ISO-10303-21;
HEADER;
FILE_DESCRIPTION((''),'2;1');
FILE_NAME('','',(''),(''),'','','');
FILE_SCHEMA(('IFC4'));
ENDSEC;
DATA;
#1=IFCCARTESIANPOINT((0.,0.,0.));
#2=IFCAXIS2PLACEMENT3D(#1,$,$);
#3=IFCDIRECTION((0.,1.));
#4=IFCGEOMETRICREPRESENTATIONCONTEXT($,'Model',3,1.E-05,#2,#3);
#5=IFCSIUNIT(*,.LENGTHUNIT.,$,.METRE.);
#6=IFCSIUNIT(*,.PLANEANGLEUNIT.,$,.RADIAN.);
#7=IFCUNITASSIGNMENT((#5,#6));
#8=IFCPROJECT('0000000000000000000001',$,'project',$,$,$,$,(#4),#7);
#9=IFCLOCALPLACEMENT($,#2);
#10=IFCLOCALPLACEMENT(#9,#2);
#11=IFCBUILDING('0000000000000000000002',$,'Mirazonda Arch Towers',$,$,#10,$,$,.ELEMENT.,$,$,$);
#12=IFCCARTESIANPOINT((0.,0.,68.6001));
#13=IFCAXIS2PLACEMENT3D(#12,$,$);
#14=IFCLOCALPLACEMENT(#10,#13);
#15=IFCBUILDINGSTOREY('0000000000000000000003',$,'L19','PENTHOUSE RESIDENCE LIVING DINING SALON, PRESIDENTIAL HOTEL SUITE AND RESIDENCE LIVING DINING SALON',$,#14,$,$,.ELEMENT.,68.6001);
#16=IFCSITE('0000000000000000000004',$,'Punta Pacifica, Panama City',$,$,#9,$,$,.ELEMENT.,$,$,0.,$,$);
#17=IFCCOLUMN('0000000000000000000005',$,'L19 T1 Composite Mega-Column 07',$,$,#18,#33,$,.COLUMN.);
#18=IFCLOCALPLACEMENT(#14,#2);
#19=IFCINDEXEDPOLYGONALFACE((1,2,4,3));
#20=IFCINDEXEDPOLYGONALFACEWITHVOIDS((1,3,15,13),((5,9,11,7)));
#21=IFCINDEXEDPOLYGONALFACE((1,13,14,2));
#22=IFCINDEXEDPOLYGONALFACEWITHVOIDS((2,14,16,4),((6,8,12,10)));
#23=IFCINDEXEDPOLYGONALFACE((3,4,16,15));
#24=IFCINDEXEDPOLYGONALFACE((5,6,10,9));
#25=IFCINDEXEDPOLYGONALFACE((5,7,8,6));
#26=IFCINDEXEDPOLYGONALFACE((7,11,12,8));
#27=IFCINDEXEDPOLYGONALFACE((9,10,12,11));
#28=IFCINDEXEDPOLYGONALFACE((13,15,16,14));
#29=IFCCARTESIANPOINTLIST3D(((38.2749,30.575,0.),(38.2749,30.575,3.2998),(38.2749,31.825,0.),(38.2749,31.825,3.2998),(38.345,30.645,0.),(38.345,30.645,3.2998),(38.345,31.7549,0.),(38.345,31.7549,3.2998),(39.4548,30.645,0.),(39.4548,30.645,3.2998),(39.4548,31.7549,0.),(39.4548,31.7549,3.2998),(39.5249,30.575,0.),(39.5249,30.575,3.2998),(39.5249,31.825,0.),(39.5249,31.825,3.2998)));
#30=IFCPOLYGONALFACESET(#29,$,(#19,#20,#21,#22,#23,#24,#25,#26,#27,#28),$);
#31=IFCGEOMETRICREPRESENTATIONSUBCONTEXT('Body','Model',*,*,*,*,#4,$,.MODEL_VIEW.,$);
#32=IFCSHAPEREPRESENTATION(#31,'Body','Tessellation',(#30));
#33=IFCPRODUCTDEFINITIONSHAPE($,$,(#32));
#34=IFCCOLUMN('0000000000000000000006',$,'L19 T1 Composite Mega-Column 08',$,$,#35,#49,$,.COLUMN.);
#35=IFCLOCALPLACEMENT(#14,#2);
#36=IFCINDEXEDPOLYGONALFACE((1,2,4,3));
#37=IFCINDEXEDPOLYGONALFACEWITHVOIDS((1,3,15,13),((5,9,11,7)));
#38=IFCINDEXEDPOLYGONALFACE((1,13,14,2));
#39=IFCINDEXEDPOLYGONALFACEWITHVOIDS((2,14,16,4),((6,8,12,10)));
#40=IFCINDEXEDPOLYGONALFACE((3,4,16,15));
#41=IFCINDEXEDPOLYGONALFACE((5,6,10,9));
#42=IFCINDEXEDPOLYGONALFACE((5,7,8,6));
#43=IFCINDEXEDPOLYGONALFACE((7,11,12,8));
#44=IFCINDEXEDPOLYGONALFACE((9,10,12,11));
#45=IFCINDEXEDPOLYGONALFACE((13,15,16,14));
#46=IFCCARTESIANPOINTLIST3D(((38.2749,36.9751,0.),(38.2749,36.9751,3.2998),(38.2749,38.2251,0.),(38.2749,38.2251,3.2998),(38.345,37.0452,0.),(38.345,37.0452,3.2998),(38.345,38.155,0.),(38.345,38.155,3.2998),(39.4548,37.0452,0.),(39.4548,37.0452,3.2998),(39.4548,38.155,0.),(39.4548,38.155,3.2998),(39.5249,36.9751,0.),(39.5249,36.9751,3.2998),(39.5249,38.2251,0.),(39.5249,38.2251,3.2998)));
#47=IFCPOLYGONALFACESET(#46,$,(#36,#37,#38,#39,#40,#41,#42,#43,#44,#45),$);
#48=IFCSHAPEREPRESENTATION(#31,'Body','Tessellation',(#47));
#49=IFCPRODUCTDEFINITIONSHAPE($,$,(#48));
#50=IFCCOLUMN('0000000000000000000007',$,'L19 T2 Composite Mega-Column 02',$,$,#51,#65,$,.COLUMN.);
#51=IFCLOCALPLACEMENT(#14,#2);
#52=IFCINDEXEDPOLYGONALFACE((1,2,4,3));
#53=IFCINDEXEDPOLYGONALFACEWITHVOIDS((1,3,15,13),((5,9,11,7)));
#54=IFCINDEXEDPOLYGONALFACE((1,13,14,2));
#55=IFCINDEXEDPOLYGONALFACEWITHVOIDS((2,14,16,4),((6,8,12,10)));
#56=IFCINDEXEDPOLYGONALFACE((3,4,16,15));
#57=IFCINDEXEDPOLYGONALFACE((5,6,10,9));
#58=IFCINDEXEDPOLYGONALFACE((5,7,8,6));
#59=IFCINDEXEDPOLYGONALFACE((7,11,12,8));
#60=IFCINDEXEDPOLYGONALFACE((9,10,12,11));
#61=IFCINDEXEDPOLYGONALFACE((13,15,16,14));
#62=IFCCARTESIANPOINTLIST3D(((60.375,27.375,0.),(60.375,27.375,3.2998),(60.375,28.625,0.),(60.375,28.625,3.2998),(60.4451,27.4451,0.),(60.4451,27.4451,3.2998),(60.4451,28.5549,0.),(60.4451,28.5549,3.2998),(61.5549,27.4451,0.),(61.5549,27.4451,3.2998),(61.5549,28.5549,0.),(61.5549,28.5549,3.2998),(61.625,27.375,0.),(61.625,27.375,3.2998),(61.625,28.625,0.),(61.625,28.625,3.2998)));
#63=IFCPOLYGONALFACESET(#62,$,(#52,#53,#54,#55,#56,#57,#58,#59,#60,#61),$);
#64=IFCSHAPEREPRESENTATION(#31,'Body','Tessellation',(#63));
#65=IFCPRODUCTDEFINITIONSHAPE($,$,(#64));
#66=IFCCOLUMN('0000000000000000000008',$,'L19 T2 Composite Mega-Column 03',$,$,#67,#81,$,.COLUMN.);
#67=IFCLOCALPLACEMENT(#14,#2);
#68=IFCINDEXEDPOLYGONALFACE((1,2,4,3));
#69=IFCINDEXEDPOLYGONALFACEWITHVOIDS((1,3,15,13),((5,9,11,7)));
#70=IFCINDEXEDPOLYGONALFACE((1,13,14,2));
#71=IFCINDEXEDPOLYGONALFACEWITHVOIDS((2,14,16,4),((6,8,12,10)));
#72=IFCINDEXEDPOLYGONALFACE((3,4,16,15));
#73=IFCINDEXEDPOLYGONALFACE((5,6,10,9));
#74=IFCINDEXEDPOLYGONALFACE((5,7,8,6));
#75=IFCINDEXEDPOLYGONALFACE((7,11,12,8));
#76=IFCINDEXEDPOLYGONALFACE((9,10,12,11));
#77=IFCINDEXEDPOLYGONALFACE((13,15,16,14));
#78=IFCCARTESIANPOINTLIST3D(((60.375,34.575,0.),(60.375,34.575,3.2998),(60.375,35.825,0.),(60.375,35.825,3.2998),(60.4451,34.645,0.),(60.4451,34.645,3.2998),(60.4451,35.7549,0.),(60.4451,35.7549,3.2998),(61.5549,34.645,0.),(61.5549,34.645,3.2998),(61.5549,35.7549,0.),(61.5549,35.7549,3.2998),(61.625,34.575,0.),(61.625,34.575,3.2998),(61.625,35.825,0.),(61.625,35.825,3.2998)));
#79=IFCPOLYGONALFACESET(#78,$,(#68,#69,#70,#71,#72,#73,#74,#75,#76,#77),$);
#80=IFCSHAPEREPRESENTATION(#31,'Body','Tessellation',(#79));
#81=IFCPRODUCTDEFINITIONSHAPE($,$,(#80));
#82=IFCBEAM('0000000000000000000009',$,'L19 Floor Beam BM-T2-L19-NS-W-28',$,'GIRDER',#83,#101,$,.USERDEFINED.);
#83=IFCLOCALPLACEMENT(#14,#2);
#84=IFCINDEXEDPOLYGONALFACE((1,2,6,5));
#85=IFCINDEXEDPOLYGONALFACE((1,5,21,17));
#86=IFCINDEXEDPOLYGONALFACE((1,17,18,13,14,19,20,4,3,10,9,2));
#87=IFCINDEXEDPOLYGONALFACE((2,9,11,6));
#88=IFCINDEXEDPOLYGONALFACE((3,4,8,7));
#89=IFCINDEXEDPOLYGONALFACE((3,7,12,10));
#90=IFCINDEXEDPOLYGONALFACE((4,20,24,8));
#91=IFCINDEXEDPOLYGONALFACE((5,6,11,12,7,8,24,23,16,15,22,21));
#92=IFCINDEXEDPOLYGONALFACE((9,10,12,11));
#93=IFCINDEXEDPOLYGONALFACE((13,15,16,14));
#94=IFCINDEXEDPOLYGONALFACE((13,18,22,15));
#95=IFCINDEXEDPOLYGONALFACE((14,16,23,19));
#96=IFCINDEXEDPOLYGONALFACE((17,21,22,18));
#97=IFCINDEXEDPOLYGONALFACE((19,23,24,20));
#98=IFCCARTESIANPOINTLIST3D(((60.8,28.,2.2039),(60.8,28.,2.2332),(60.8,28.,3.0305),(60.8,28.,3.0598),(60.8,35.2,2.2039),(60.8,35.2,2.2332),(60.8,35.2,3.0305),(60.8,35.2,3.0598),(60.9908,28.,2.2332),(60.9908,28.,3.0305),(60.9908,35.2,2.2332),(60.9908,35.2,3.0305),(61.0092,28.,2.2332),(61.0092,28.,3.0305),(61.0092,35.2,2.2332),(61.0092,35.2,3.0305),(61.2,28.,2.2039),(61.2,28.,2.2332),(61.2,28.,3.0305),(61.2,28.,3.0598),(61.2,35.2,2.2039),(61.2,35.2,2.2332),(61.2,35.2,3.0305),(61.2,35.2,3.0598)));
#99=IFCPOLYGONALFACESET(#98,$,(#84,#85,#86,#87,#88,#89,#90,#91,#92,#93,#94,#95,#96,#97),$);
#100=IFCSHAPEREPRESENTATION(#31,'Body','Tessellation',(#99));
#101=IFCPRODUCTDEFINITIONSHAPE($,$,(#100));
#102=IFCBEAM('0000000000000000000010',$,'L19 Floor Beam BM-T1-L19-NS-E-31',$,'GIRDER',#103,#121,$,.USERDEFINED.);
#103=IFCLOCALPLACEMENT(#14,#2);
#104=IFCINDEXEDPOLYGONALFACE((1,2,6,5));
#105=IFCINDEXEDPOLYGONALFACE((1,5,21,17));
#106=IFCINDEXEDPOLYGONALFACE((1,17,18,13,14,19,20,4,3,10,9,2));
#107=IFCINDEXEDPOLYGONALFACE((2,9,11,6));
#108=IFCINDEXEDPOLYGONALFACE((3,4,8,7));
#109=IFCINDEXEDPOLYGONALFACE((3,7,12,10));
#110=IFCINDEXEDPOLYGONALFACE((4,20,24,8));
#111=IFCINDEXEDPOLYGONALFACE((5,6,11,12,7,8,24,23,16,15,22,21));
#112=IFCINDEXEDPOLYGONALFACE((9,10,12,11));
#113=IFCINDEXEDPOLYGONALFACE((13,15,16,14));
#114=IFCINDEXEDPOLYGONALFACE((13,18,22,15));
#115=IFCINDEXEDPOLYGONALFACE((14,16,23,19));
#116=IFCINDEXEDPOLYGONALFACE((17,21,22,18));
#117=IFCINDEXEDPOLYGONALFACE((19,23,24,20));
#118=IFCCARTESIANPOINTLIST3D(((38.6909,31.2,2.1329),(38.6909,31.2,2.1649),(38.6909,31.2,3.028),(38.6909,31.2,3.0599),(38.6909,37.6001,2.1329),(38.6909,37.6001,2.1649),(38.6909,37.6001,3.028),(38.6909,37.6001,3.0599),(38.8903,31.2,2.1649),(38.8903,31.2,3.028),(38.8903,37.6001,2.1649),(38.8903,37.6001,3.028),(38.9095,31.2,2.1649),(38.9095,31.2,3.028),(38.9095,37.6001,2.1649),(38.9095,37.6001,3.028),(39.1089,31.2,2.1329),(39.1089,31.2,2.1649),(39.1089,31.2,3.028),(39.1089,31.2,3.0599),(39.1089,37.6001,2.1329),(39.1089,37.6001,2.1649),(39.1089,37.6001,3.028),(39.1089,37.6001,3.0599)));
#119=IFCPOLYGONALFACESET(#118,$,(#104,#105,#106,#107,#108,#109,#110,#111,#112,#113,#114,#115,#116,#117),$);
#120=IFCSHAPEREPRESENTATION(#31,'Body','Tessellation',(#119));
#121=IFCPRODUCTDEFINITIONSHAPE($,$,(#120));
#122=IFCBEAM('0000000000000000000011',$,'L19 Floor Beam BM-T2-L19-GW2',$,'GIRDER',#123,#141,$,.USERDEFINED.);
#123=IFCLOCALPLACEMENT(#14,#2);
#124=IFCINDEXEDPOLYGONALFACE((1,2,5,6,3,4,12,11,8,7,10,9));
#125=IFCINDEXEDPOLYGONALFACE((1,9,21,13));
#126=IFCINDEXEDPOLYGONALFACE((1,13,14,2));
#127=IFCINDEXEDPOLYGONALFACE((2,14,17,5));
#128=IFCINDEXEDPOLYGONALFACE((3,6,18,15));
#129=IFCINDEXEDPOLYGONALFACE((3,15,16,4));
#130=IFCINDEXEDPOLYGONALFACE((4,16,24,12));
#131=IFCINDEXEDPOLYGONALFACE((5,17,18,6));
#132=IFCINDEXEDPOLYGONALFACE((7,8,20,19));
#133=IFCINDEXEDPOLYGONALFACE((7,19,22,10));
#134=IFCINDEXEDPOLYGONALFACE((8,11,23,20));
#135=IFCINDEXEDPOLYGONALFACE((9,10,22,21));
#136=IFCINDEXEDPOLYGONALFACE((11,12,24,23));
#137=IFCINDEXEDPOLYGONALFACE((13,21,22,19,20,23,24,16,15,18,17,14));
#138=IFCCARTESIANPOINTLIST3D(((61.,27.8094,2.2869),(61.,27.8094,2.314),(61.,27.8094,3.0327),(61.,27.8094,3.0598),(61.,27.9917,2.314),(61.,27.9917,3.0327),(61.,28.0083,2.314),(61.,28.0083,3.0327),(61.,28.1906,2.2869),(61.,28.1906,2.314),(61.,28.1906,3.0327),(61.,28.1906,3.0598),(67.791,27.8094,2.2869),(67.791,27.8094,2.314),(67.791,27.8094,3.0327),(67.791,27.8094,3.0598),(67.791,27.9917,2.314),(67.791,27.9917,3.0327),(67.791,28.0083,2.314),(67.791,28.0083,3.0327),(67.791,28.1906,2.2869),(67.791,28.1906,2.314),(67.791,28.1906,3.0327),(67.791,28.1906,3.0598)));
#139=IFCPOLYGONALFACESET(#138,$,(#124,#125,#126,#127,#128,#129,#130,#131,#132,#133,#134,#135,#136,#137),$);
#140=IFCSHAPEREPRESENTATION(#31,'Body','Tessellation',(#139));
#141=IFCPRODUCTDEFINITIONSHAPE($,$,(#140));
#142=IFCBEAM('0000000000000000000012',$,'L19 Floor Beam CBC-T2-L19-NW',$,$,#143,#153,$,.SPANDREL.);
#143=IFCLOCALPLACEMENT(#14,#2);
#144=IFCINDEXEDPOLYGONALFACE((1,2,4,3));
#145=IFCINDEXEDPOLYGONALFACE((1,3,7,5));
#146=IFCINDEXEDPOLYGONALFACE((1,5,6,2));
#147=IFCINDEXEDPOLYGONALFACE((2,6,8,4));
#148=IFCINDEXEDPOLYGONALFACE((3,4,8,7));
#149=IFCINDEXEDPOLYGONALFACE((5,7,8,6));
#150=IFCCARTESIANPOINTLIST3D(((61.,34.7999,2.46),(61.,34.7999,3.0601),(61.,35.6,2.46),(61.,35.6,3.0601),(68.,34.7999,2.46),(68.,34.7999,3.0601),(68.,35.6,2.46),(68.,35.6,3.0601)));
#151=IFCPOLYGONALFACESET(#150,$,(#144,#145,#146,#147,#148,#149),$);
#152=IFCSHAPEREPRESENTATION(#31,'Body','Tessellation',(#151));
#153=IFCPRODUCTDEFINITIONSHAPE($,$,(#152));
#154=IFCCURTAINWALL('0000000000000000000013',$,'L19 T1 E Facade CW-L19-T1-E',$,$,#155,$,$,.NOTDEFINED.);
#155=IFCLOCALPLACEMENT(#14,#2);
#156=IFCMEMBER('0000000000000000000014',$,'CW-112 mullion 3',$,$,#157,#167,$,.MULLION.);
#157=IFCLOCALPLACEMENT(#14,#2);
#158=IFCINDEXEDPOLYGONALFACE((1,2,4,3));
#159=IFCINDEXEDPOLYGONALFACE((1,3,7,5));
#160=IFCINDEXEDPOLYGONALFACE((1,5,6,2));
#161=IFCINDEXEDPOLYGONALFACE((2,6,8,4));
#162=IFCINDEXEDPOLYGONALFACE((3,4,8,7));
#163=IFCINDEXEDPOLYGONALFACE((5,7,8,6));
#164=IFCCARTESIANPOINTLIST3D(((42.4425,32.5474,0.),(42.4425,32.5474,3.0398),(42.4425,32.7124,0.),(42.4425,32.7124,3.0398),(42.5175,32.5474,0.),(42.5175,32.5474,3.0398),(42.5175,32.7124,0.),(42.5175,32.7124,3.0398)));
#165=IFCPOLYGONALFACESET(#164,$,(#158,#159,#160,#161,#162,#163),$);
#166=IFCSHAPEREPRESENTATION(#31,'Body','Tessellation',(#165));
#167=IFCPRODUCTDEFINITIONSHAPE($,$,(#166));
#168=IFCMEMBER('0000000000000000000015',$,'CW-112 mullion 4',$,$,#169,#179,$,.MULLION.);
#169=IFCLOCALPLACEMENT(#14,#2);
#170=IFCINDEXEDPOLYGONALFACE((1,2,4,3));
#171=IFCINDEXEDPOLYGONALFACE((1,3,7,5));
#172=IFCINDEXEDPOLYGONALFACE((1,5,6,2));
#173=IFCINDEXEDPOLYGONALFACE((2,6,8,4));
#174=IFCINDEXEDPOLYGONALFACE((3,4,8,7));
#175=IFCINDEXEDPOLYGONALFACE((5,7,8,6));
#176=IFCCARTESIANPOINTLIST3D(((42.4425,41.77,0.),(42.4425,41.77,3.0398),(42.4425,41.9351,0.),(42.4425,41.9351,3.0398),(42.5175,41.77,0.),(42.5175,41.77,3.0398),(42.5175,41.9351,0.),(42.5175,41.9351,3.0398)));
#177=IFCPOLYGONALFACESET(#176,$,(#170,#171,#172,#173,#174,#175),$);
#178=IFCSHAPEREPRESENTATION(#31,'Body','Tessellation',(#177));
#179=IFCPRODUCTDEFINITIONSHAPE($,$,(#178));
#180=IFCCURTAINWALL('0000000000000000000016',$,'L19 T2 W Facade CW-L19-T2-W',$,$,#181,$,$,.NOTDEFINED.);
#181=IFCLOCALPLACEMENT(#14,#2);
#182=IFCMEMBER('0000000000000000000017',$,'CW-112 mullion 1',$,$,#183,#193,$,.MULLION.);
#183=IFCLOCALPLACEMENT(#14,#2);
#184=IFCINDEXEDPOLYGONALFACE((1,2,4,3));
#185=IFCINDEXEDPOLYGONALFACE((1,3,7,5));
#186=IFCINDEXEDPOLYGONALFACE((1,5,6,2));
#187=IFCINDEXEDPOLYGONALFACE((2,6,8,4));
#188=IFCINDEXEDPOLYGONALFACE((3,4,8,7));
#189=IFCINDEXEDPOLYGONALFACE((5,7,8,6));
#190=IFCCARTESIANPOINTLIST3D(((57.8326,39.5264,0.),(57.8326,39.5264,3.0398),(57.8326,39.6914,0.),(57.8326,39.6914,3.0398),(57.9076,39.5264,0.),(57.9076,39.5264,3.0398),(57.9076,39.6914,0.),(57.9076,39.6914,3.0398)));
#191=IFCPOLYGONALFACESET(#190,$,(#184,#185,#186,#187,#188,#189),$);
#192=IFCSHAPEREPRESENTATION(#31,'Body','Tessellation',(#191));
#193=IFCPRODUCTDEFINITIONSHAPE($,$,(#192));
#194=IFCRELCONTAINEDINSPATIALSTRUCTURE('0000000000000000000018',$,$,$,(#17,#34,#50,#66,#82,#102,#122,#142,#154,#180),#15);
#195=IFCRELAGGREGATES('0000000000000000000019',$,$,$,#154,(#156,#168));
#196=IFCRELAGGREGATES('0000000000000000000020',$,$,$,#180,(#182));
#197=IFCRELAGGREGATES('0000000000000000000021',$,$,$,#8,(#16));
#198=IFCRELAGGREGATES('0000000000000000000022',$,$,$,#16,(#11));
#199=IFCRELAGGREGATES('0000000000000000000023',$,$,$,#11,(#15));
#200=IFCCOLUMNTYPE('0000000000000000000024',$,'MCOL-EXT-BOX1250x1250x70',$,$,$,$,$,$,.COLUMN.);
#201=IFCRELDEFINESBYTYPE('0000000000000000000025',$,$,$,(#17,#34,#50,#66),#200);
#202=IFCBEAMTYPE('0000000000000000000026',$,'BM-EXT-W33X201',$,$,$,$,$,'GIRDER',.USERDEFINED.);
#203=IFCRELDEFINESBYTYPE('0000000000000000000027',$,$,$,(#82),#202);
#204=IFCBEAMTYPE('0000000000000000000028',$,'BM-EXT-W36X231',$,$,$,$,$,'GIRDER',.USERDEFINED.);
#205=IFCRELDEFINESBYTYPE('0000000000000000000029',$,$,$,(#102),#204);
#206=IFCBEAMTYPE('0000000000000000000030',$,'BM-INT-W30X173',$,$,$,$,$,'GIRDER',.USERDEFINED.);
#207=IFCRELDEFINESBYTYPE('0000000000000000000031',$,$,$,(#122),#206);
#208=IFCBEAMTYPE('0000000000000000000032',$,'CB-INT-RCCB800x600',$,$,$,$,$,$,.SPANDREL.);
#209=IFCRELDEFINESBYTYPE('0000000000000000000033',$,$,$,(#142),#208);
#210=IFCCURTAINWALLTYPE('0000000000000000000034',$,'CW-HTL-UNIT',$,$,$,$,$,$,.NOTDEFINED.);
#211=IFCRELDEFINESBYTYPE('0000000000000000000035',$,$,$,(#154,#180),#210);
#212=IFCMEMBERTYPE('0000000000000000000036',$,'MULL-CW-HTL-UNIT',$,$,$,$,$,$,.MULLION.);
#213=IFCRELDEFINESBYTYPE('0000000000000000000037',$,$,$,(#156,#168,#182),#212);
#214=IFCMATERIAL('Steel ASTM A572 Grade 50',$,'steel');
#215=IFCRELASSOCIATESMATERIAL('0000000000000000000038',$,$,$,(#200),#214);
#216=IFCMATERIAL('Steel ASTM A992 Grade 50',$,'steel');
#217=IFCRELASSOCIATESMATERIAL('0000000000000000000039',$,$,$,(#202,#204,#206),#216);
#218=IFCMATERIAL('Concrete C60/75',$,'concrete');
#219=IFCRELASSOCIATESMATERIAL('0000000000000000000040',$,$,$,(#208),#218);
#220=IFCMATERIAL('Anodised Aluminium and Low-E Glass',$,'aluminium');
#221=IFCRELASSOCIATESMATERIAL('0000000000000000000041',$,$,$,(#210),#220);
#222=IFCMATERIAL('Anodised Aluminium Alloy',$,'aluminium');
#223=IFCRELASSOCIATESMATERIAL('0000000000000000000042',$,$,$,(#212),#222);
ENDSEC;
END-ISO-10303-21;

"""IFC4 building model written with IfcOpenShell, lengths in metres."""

from ifc_helpers import new_model, si_unit, direction, frame, origin, origin_2d, place, context, subcontext, project, spatial, rectangle, hollow_rectangle, i_section, extrude, material, material_profile, profile_set, type_object, element, aggregate, save


model = new_model("IFC4")

# Units and contexts
model_context = context("Model", 3, precision=1e-05, world=origin(), true_north=direction((0.0, 1.0)))
body_context = subcontext(model_context, "Body", "Model", "MODEL_VIEW")
ifc_project = project(units=[si_unit("LENGTHUNIT", "METRE"), si_unit("PLANEANGLEUNIT", "RADIAN")], contexts=[model_context])

# Site, building, storey
site_placement = place(None, origin())
site = spatial("IfcSite", under=ifc_project, at=site_placement, Name="Punta Pacifica, Panama City", CompositionType="ELEMENT", RefElevation=0.0)
building_placement = place(site_placement, origin())
building = spatial("IfcBuilding", under=site, at=building_placement, Name="Mirazonda Arch Towers", CompositionType="ELEMENT")
storey_placement = place(building_placement, frame((0.0, 0.0, 68.6001)))
storey = spatial("IfcBuildingStorey", under=building, at=storey_placement, Name="L19", Description="PENTHOUSE RESIDENCE LIVING DINING SALON, PRESIDENTIAL HOTEL SUITE AND RESIDENCE LIVING DINING SALON", CompositionType="ELEMENT", Elevation=68.6001)

# Columns
ifc_material_1 = material(Name="Steel ASTM A572 Grade 50", Category="steel")
ifc_material_profile_1 = material_profile(ifc_material_1, hollow_rectangle(XDim=1.25, YDim=1.25, WallThickness=0.0701, at=origin_2d()), Name="BOX1250x1250x70")
ifc_profile_set_1 = profile_set([ifc_material_profile_1], Name="Steel ASTM A572 Grade 50")
column_type = type_object("IfcColumnType", Name="MCOL-EXT-BOX1250x1250x70", PredefinedType="COLUMN", material=ifc_profile_set_1)
for number, where, z_axis, x_axis, name in (
    (1, (38.8999, 31.2, 0.0), (0.0, 0.0, 1.0), (1.0, 0.0, 0.0), "L19 T1 Composite Mega-Column 07"),
    (2, (38.8999, 37.6001, 0.0), (0.0, 0.0, 1.0), (1.0, 0.0, 0.0), "L19 T1 Composite Mega-Column 08"),
    (3, (61.0, 28.0, 0.0), (0.0, 0.0, 1.0), (1.0, 0.0, 0.0), "L19 T2 Composite Mega-Column 02"),
    (4, (61.0, 35.2, 0.0), (0.0, 0.0, 1.0), (1.0, 0.0, 0.0), "L19 T2 Composite Mega-Column 03"),
):
    element("IfcColumn", number, at=place(storey_placement, frame(where, z_axis=z_axis, x_axis=x_axis)), inside=storey, type_object=column_type, Name=name, PredefinedType="COLUMN", context=body_context, shape_type="SweptSolid", body=[
        extrude(hollow_rectangle(XDim=1.25, YDim=1.25, WallThickness=0.0701, at=origin_2d()), origin(), (0.0, 0.0, 1.0), 3.2998),
    ])

# Beams
ifc_material_2 = material(Name="Steel ASTM A992 Grade 50", Category="steel")
ifc_material_profile_2 = material_profile(ifc_material_2, i_section(OverallWidth=0.3999, OverallDepth=0.856, WebThickness=0.0183, FlangeThickness=0.0293, at=origin_2d()), Name="W33X201")
ifc_profile_set_2 = profile_set([ifc_material_profile_2], Name="Steel ASTM A992 Grade 50")
beam_type_1 = type_object("IfcBeamType", Name="BM-EXT-W33X201", ElementType="GIRDER", PredefinedType="USERDEFINED", material=ifc_profile_set_2)
beam_1_placement = place(storey_placement, frame((61.0, 28.0, 2.6318), z_axis=(0.0, 1.0, 0.0), x_axis=(-1.0, 0.0, 0.0)))
element("IfcBeam", 5, at=beam_1_placement, inside=storey, type_object=beam_type_1, Name="L19 Floor Beam BM-T2-L19-NS-W-28", ObjectType="GIRDER", PredefinedType="USERDEFINED", context=body_context, shape_type="SweptSolid", body=[
    extrude(i_section(OverallWidth=0.3999, OverallDepth=0.856, WebThickness=0.0183, FlangeThickness=0.0293, at=origin_2d()), origin(), (0.0, 0.0, 1.0), 7.2),
])
ifc_material_profile_3 = material_profile(ifc_material_2, i_section(OverallWidth=0.418, OverallDepth=0.927, WebThickness=0.0193, FlangeThickness=0.032, at=origin_2d()), Name="W36X231")
ifc_profile_set_3 = profile_set([ifc_material_profile_3], Name="Steel ASTM A992 Grade 50")
beam_type_2 = type_object("IfcBeamType", Name="BM-EXT-W36X231", ElementType="GIRDER", PredefinedType="USERDEFINED", material=ifc_profile_set_3)
beam_2_placement = place(storey_placement, frame((38.8999, 31.2, 2.5964), z_axis=(0.0, 1.0, 0.0), x_axis=(-1.0, 0.0, 0.0)))
element("IfcBeam", 6, at=beam_2_placement, inside=storey, type_object=beam_type_2, Name="L19 Floor Beam BM-T1-L19-NS-E-31", ObjectType="GIRDER", PredefinedType="USERDEFINED", context=body_context, shape_type="SweptSolid", body=[
    extrude(i_section(OverallWidth=0.418, OverallDepth=0.927, WebThickness=0.0193, FlangeThickness=0.032, at=origin_2d()), origin(), (0.0, 0.0, 1.0), 6.4001),
])
ifc_material_profile_4 = material_profile(ifc_material_2, i_section(OverallWidth=0.3811, OverallDepth=0.7729, WebThickness=0.0166, FlangeThickness=0.0271, at=origin_2d()), Name="W30X173")
ifc_profile_set_4 = profile_set([ifc_material_profile_4], Name="Steel ASTM A992 Grade 50")
beam_type_3 = type_object("IfcBeamType", Name="BM-INT-W30X173", ElementType="GIRDER", PredefinedType="USERDEFINED", material=ifc_profile_set_4)
beam_3_placement = place(storey_placement, frame((61.0, 28.0, 2.6733), z_axis=(1.0, 0.0, 0.0), x_axis=(0.0, 1.0, 0.0)))
element("IfcBeam", 7, at=beam_3_placement, inside=storey, type_object=beam_type_3, Name="L19 Floor Beam BM-T2-L19-GW2", ObjectType="GIRDER", PredefinedType="USERDEFINED", context=body_context, shape_type="SweptSolid", body=[
    extrude(i_section(OverallWidth=0.3811, OverallDepth=0.7729, WebThickness=0.0166, FlangeThickness=0.0271, at=origin_2d()), origin(), (0.0, 0.0, 1.0), 6.791),
])
ifc_material_3 = material(Name="Concrete C60/75", Category="concrete")
ifc_material_profile_5 = material_profile(ifc_material_3, rectangle(XDim=0.8, YDim=0.6001, at=origin_2d()), Name="RCCB800x600")
ifc_profile_set_5 = profile_set([ifc_material_profile_5], Name="Concrete C60/75")
beam_type_4 = type_object("IfcBeamType", Name="CB-INT-RCCB800x600", PredefinedType="SPANDREL", material=ifc_profile_set_5)
beam_4_placement = place(storey_placement, frame((61.0, 35.2, 2.76), z_axis=(1.0, 0.0, 0.0), x_axis=(0.0, 1.0, 0.0)))
element("IfcBeam", 8, at=beam_4_placement, inside=storey, type_object=beam_type_4, Name="L19 Floor Beam CBC-T2-L19-NW", PredefinedType="SPANDREL", context=body_context, shape_type="SweptSolid", body=[
    extrude(rectangle(XDim=0.8, YDim=0.6001, at=origin_2d()), origin(), (0.0, 0.0, 1.0), 7.0),
])

# Curtain walls, members
ifc_material_4 = material(Name="Anodised Aluminium and Low-E Glass", Category="aluminium")
curtain_wall_type = type_object("IfcCurtainWallType", Name="CW-HTL-UNIT", PredefinedType="NOTDEFINED", material=ifc_material_4)
curtain_wall_1_placement = place(storey_placement, origin())
curtain_wall_1 = element("IfcCurtainWall", 9, at=curtain_wall_1_placement, inside=storey, type_object=curtain_wall_type, Name="L19 T1 E Facade CW-L19-T1-E", PredefinedType="NOTDEFINED")
ifc_material_5 = material(Name="Anodised Aluminium Alloy", Category="aluminium")
ifc_material_profile_6 = material_profile(ifc_material_5, rectangle(XDim=0.075, YDim=0.165, at=origin_2d()), Name="ALU-MULL-75x165")
ifc_profile_set_6 = profile_set([ifc_material_profile_6], Name="Anodised Aluminium Alloy")
member_type_1 = type_object("IfcMemberType", Name="MULL-CW-HTL-UNIT", PredefinedType="MULLION", material=ifc_profile_set_6)
member_1_placement = place(storey_placement, frame((42.48, 32.6299, 0.0), z_axis=(0.0, 0.0, 1.0), x_axis=(-1.0, 0.0, 0.0)))
member_1 = element("IfcMember", 10, at=member_1_placement, type_object=member_type_1, Name="CW-112 mullion 3", PredefinedType="MULLION", context=body_context, shape_type="SweptSolid", body=[
    extrude(rectangle(XDim=0.075, YDim=0.165, at=origin_2d()), origin(), (0.0, 0.0, 1.0), 3.0398),
])
member_2_placement = place(storey_placement, frame((42.48, 41.8525, 0.0), z_axis=(0.0, 0.0, 1.0), x_axis=(-1.0, 0.0, 0.0)))
member_2 = element("IfcMember", 11, at=member_2_placement, type_object=member_type_1, Name="CW-112 mullion 4", PredefinedType="MULLION", context=body_context, shape_type="SweptSolid", body=[
    extrude(rectangle(XDim=0.075, YDim=0.165, at=origin_2d()), origin(), (0.0, 0.0, 1.0), 3.0398),
])
curtain_wall_2_placement = place(storey_placement, origin())
curtain_wall_2 = element("IfcCurtainWall", 12, at=curtain_wall_2_placement, inside=storey, type_object=curtain_wall_type, Name="L19 T2 W Facade CW-L19-T2-W", PredefinedType="NOTDEFINED")
member_3_placement = place(storey_placement, frame((57.8701, 39.6089, 0.0), z_axis=(0.0, 0.0, 1.0), x_axis=(1.0, 0.0, 0.0)))
member_3 = element("IfcMember", 13, at=member_3_placement, type_object=member_type_1, Name="CW-112 mullion 1", PredefinedType="MULLION", context=body_context, shape_type="SweptSolid", body=[
    extrude(rectangle(XDim=0.075, YDim=0.165, at=origin_2d()), origin(), (0.0, 0.0, 1.0), 3.0398),
])

aggregate(curtain_wall_1, [member_1, member_2])
aggregate(curtain_wall_2, [member_3])

save(model, "model.ifc")
